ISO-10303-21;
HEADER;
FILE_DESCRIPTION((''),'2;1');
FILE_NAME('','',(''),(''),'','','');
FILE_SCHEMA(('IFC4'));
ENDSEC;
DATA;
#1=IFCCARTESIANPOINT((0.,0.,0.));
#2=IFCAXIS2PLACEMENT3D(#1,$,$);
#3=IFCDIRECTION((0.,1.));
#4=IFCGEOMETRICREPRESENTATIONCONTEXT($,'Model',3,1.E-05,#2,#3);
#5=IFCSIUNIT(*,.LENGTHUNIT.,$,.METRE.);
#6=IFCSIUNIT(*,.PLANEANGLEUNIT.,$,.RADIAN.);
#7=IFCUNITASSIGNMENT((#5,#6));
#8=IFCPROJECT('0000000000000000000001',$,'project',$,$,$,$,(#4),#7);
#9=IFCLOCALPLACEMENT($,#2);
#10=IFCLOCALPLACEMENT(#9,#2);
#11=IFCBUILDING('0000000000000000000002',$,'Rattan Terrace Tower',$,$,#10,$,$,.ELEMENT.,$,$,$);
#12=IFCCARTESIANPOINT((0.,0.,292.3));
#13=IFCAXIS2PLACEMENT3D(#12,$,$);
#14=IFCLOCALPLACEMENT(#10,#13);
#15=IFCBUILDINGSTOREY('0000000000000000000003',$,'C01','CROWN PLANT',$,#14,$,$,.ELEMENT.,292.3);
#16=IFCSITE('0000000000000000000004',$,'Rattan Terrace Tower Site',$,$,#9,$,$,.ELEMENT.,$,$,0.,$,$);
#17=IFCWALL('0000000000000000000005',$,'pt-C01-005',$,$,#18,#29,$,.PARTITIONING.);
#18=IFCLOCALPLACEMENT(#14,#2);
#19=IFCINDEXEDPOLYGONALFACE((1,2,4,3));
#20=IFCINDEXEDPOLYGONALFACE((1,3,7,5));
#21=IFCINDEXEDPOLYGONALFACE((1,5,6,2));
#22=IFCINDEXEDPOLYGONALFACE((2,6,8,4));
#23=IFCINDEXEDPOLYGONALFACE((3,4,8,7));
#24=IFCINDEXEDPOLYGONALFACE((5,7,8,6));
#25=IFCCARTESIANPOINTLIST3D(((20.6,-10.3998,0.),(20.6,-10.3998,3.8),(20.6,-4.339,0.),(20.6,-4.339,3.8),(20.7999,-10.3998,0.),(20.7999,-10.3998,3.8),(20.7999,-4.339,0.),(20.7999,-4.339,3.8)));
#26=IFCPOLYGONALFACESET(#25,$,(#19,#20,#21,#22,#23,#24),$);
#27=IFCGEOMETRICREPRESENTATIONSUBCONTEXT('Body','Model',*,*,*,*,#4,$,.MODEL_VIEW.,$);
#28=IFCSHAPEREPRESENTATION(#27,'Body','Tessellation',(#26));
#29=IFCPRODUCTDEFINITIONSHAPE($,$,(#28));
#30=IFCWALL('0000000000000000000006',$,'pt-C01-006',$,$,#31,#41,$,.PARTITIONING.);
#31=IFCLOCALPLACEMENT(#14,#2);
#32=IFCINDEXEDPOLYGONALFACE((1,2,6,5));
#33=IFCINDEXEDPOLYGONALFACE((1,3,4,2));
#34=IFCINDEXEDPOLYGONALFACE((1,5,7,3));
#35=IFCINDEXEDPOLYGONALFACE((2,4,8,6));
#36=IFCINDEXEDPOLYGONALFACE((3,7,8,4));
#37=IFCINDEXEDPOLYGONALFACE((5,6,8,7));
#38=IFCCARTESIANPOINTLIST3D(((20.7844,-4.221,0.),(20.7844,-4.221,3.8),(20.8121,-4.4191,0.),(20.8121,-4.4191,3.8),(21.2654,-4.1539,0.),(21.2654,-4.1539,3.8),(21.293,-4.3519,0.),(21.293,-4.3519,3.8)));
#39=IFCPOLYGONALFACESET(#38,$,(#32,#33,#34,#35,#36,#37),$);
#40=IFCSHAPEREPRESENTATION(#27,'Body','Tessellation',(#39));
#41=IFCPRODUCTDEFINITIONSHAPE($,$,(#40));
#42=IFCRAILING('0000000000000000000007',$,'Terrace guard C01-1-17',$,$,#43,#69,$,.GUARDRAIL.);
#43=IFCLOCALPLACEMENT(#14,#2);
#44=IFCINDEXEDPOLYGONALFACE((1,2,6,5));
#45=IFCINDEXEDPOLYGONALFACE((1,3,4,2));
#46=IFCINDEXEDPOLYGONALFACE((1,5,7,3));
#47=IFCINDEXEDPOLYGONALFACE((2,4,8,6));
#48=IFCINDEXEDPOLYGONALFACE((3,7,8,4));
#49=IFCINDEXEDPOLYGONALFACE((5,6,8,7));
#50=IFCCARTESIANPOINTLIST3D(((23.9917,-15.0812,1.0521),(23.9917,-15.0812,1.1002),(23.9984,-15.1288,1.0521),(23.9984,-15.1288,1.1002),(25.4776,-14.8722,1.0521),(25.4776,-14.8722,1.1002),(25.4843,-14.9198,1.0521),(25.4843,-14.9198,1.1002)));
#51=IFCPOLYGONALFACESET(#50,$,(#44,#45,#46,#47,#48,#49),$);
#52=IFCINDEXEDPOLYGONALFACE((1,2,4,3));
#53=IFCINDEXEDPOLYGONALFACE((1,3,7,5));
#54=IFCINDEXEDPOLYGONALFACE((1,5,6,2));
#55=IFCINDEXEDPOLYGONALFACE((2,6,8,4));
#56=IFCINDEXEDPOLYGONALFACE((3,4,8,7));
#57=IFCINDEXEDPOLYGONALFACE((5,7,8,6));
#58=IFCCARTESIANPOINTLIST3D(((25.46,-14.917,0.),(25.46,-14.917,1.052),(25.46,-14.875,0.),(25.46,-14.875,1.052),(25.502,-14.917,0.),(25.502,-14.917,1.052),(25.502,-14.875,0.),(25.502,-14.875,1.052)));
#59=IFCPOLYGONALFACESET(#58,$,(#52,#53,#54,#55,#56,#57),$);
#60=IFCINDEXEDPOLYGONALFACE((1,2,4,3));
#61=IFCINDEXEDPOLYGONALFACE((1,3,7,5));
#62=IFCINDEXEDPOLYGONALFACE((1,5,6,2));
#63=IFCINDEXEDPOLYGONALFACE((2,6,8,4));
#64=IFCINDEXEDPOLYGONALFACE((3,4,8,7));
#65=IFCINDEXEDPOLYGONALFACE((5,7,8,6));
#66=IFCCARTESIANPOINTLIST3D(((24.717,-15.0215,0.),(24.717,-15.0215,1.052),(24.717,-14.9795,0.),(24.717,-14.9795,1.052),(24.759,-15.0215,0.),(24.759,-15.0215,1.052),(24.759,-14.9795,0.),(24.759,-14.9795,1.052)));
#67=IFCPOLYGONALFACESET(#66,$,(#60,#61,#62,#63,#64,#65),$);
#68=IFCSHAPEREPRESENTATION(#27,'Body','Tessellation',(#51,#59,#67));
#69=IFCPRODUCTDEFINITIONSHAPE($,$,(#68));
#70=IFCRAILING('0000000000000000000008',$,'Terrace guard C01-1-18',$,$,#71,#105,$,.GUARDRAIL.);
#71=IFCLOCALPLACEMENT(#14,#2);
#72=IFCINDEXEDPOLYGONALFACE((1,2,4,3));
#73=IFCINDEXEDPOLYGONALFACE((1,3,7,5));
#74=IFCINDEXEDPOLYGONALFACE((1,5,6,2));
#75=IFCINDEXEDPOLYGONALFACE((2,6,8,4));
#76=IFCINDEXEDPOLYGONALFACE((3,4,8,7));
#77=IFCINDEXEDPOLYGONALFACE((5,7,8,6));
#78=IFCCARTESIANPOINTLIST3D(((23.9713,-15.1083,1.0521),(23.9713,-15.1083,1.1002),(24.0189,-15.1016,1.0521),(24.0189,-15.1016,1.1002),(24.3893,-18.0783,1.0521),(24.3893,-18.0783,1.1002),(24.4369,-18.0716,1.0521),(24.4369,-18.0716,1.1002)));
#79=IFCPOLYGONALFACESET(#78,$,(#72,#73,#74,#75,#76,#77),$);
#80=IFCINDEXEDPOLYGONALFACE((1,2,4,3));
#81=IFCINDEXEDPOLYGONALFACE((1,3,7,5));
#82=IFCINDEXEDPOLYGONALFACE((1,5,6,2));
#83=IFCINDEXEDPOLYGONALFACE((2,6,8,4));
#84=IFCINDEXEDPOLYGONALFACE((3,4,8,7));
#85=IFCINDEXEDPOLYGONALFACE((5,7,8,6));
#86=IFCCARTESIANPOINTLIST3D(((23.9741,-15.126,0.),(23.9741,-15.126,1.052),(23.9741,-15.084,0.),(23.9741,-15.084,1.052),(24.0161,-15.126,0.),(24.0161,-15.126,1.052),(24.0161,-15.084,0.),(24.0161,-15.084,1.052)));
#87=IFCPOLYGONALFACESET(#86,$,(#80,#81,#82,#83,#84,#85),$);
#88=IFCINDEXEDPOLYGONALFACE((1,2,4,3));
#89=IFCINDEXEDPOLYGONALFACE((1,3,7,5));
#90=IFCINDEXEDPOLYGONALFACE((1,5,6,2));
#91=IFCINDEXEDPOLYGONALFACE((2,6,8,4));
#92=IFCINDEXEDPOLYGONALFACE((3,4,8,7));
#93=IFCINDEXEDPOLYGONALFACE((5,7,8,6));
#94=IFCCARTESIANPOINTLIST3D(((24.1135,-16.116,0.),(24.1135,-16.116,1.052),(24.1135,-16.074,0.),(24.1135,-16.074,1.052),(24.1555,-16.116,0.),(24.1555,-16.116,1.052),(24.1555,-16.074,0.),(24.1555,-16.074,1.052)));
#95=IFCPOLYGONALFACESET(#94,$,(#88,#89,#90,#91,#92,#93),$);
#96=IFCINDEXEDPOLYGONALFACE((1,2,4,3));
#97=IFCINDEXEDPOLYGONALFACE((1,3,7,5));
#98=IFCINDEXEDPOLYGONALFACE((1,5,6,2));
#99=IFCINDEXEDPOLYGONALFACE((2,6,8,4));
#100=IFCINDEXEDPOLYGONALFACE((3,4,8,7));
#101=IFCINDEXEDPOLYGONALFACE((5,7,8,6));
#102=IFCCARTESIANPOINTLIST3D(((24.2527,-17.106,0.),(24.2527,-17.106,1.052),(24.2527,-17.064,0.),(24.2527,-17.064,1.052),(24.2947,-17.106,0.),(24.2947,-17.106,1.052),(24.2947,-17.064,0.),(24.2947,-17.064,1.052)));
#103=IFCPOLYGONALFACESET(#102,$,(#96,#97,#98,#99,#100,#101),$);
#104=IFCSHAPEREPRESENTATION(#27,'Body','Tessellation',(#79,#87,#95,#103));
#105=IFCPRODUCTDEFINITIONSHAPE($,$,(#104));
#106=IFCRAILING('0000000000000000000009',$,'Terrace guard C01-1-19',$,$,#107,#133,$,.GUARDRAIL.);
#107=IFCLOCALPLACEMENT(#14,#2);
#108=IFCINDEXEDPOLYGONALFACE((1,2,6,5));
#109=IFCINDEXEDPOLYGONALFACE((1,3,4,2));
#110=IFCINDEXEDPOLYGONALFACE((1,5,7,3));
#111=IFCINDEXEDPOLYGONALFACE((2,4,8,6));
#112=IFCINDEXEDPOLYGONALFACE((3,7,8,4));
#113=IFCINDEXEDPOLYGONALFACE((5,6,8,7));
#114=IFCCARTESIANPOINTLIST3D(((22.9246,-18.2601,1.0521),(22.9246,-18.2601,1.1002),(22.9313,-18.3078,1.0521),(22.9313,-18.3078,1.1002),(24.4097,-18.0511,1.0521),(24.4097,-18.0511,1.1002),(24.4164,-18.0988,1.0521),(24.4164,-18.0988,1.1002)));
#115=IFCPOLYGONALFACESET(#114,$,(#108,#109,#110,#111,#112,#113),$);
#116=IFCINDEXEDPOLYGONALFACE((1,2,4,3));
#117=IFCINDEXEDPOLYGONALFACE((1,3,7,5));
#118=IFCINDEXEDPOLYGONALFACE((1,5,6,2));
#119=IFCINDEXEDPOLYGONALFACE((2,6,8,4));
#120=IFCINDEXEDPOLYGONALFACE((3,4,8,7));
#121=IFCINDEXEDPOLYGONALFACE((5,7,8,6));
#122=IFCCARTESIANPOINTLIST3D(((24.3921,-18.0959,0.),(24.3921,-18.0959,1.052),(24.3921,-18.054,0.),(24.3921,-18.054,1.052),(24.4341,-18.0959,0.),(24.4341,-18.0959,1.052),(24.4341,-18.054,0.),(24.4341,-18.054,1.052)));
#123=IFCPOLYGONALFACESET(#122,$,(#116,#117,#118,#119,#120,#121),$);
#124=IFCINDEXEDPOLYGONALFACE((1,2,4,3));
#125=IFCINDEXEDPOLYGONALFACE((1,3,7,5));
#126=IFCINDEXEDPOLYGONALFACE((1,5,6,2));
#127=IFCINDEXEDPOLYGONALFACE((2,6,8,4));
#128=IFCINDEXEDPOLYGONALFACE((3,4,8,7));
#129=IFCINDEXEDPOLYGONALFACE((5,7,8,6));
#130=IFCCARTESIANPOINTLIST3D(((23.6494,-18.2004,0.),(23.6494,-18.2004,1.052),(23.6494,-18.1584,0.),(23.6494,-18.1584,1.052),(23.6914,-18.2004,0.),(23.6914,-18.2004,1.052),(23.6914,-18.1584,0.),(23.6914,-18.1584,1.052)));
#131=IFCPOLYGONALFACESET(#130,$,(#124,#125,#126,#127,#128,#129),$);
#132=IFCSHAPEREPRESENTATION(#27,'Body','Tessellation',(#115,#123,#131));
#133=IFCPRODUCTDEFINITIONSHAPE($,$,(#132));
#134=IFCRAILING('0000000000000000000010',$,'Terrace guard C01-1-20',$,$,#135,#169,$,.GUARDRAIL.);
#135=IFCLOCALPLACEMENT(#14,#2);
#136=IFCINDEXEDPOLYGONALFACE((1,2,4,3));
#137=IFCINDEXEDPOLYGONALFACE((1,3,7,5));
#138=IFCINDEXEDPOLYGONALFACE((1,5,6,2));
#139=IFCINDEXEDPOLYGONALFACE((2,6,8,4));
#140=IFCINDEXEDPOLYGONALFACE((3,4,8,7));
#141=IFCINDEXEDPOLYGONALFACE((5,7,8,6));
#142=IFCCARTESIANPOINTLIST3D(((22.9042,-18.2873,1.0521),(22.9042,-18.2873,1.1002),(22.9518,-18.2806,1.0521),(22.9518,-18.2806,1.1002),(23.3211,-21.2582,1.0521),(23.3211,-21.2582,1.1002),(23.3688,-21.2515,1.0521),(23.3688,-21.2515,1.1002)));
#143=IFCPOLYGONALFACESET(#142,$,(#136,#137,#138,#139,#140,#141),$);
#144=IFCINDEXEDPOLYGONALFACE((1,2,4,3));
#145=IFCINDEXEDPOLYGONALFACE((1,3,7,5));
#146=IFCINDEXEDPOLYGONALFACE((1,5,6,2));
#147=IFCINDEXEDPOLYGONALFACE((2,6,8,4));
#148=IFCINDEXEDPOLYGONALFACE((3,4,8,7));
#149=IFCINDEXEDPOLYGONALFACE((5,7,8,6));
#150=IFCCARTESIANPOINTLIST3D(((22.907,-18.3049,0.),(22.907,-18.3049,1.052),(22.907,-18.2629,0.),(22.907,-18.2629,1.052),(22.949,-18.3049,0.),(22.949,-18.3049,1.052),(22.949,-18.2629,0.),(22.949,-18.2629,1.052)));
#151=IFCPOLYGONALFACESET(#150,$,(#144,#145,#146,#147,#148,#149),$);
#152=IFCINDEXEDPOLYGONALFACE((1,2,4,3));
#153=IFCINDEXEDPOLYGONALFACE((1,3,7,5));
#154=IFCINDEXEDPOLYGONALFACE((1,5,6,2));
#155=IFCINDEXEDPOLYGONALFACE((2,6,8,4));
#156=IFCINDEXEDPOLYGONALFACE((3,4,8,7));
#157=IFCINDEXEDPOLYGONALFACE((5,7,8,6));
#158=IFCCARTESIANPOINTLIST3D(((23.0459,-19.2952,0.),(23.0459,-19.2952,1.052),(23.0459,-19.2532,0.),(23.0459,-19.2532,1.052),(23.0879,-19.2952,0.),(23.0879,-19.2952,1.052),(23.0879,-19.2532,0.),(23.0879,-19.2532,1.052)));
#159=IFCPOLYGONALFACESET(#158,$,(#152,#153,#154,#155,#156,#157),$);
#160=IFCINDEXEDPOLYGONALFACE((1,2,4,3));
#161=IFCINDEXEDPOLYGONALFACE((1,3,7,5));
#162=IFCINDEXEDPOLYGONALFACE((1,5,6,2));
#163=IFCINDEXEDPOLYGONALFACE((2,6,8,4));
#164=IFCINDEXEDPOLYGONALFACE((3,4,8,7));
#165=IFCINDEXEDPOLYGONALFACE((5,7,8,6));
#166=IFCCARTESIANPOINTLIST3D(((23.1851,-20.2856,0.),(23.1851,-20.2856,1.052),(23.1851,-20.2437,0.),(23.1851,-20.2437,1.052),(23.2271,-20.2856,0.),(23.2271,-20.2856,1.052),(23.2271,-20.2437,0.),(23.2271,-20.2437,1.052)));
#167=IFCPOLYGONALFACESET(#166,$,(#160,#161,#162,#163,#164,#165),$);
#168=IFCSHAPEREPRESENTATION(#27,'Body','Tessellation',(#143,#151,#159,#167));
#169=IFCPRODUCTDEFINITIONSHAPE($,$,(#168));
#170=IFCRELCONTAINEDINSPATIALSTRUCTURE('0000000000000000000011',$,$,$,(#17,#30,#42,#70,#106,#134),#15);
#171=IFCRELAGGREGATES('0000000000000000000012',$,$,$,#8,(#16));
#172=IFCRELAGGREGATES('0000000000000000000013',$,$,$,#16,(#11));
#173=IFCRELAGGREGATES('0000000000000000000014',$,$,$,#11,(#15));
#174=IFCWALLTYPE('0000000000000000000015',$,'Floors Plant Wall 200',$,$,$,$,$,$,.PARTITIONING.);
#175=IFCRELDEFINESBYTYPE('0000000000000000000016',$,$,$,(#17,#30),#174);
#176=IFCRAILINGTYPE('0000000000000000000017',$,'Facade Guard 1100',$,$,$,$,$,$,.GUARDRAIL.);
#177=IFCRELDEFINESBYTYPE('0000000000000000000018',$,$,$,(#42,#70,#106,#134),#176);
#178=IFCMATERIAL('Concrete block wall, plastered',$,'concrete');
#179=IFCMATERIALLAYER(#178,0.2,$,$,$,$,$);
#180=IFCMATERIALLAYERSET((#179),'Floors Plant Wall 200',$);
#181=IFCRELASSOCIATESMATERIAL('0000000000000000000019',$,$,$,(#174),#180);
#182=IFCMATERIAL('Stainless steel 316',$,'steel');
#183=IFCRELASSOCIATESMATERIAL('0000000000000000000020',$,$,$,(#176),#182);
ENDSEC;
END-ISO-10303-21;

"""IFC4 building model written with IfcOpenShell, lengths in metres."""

from ifc_helpers import new_model, si_unit, direction, frame, frame_2d, origin, origin_2d, place, context, subcontext, project, spatial, rectangle, extrude, material, layer, layer_set, type_object, element, save


model = new_model("IFC4")

# Units and contexts
model_context = context("Model", 3, precision=1e-05, world=origin(), true_north=direction((0.0, 1.0)))
body_context = subcontext(model_context, "Body", "Model", "MODEL_VIEW")
ifc_project = project(units=[si_unit("LENGTHUNIT", "METRE"), si_unit("PLANEANGLEUNIT", "RADIAN")], contexts=[model_context])

# Site, building, storey
site_placement = place(None, origin())
site = spatial("IfcSite", under=ifc_project, at=site_placement, Name="Rattan Terrace Tower Site", CompositionType="ELEMENT", RefElevation=0.0)
building_placement = place(site_placement, origin())
building = spatial("IfcBuilding", under=site, at=building_placement, Name="Rattan Terrace Tower", CompositionType="ELEMENT")
storey_placement = place(building_placement, frame((0.0, 0.0, 292.3)))
storey = spatial("IfcBuildingStorey", under=building, at=storey_placement, Name="C01", Description="CROWN PLANT", CompositionType="ELEMENT", Elevation=292.3)

# Shared definitions
ifc_material_1 = material(Name="Concrete block wall, plastered", Category="concrete")
ifc_layer_1 = layer(ifc_material_1, 0.2)
ifc_layer_set_1 = layer_set([ifc_layer_1], Name="Floors Plant Wall 200")
wall_type_1 = type_object("IfcWallType", Name="Floors Plant Wall 200", PredefinedType="PARTITIONING", material=ifc_layer_set_1)

# Walls
wall_1_placement = place(storey_placement, frame((20.7, -4.3391, 0.0), z_axis=(0.0, 0.0, 1.0), x_axis=(0.0, -1.0, 0.0)))
element("IfcWall", 1, at=wall_1_placement, inside=storey, type_object=wall_type_1, Name="pt-C01-005", PredefinedType="PARTITIONING", context=body_context, shape_type="SweptSolid", body=[
    extrude(rectangle(XDim=6.0608, YDim=0.2, at=frame_2d((3.0303, 0.0))), origin(), (0.0, 0.0, 1.0), 3.8),
])
wall_2_placement = place(storey_placement, frame((21.2791, -4.2529, 0.0), z_axis=(0.0, 0.0, 1.0), x_axis=(-0.990397, -0.138253, 0.0)))
element("IfcWall", 2, at=wall_2_placement, inside=storey, type_object=wall_type_1, Name="pt-C01-006", PredefinedType="PARTITIONING", context=body_context, shape_type="SweptSolid", body=[
    extrude(rectangle(XDim=0.4856, YDim=0.2, at=frame_2d((0.2427, 0.0))), origin(), (0.0, 0.0, 1.0), 3.8),
])

# Railings
ifc_material_2 = material(Name="Stainless steel 316", Category="steel")
railing_type = type_object("IfcRailingType", Name="Facade Guard 1100", PredefinedType="GUARDRAIL", material=ifc_material_2)
railing_1_placement = place(storey_placement, frame((25.481, -14.896, 0.0)))
element("IfcRailing", 3, at=railing_1_placement, inside=storey, type_object=railing_type, Name="Terrace guard C01-1-17", PredefinedType="GUARDRAIL", context=body_context, shape_type="SweptSolid", body=[
    extrude(rectangle(XDim=0.0481, YDim=0.0481, at=origin_2d()), frame((0.0, 0.0, 1.0762), z_axis=(-0.990253, -0.13928, 0.0), x_axis=(0.13928, -0.990253, 0.0)), (0.0, 0.0, 1.0), 1.5005),
    extrude(rectangle(XDim=0.042, YDim=0.042, at=origin_2d()), origin(), (0.0, 0.0, 1.0), 1.052),
    extrude(rectangle(XDim=0.042, YDim=0.042, at=origin_2d()), frame((-0.7429, -0.1045, 0.0)), (0.0, 0.0, 1.0), 1.052),
])
railing_2_placement = place(storey_placement, frame((23.9951, -15.105, 0.0)))
element("IfcRailing", 4, at=railing_2_placement, inside=storey, type_object=railing_type, Name="Terrace guard C01-1-18", PredefinedType="GUARDRAIL", context=body_context, shape_type="SweptSolid", body=[
    extrude(rectangle(XDim=0.0481, YDim=0.0481, at=origin_2d()), frame((0.0, 0.0, 1.0762), z_axis=(0.139358, -0.990242, 0.0), x_axis=(0.990242, 0.139358, 0.0)), (0.0, 0.0, 1.0), 2.9993),
    extrude(rectangle(XDim=0.042, YDim=0.042, at=origin_2d()), origin(), (0.0, 0.0, 1.0), 1.052),
    extrude(rectangle(XDim=0.042, YDim=0.042, at=origin_2d()), frame((0.1394, -0.99, 0.0)), (0.0, 0.0, 1.0), 1.052),
    extrude(rectangle(XDim=0.042, YDim=0.042, at=origin_2d()), frame((0.2786, -1.98, 0.0)), (0.0, 0.0, 1.0), 1.052),
])
railing_3_placement = place(storey_placement, frame((24.4131, -18.075, 0.0)))
element("IfcRailing", 5, at=railing_3_placement, inside=storey, type_object=railing_type, Name="Terrace guard C01-1-19", PredefinedType="GUARDRAIL", context=body_context, shape_type="SweptSolid", body=[
    extrude(rectangle(XDim=0.0481, YDim=0.0481, at=origin_2d()), frame((0.0, 0.0, 1.0762), z_axis=(-0.990244, -0.139347, 0.0), x_axis=(0.139347, -0.990244, 0.0)), (0.0, 0.0, 1.0), 1.4998),
    extrude(rectangle(XDim=0.042, YDim=0.042, at=origin_2d()), origin(), (0.0, 0.0, 1.0), 1.052),
    extrude(rectangle(XDim=0.042, YDim=0.042, at=origin_2d()), frame((-0.7427, -0.1045, 0.0)), (0.0, 0.0, 1.0), 1.052),
])
railing_4_placement = place(storey_placement, frame((22.928, -18.2839, 0.0)))
element("IfcRailing", 6, at=railing_4_placement, inside=storey, type_object=railing_type, Name="Terrace guard C01-1-20", PredefinedType="GUARDRAIL", context=body_context, shape_type="SweptSolid", body=[
    extrude(rectangle(XDim=0.0481, YDim=0.0481, at=origin_2d()), frame((0.0, 0.0, 1.0762), z_axis=(0.138994, -0.990293, 0.0), x_axis=(0.990293, 0.138994, 0.0)), (0.0, 0.0, 1.0), 3.0),
    extrude(rectangle(XDim=0.042, YDim=0.042, at=origin_2d()), origin(), (0.0, 0.0, 1.0), 1.052),
    extrude(rectangle(XDim=0.042, YDim=0.042, at=origin_2d()), frame((0.1389, -0.9902, 0.0)), (0.0, 0.0, 1.0), 1.052),
    extrude(rectangle(XDim=0.042, YDim=0.042, at=origin_2d()), frame((0.2781, -1.9807, 0.0)), (0.0, 0.0, 1.0), 1.052),
])

save(model, "model.ifc")
